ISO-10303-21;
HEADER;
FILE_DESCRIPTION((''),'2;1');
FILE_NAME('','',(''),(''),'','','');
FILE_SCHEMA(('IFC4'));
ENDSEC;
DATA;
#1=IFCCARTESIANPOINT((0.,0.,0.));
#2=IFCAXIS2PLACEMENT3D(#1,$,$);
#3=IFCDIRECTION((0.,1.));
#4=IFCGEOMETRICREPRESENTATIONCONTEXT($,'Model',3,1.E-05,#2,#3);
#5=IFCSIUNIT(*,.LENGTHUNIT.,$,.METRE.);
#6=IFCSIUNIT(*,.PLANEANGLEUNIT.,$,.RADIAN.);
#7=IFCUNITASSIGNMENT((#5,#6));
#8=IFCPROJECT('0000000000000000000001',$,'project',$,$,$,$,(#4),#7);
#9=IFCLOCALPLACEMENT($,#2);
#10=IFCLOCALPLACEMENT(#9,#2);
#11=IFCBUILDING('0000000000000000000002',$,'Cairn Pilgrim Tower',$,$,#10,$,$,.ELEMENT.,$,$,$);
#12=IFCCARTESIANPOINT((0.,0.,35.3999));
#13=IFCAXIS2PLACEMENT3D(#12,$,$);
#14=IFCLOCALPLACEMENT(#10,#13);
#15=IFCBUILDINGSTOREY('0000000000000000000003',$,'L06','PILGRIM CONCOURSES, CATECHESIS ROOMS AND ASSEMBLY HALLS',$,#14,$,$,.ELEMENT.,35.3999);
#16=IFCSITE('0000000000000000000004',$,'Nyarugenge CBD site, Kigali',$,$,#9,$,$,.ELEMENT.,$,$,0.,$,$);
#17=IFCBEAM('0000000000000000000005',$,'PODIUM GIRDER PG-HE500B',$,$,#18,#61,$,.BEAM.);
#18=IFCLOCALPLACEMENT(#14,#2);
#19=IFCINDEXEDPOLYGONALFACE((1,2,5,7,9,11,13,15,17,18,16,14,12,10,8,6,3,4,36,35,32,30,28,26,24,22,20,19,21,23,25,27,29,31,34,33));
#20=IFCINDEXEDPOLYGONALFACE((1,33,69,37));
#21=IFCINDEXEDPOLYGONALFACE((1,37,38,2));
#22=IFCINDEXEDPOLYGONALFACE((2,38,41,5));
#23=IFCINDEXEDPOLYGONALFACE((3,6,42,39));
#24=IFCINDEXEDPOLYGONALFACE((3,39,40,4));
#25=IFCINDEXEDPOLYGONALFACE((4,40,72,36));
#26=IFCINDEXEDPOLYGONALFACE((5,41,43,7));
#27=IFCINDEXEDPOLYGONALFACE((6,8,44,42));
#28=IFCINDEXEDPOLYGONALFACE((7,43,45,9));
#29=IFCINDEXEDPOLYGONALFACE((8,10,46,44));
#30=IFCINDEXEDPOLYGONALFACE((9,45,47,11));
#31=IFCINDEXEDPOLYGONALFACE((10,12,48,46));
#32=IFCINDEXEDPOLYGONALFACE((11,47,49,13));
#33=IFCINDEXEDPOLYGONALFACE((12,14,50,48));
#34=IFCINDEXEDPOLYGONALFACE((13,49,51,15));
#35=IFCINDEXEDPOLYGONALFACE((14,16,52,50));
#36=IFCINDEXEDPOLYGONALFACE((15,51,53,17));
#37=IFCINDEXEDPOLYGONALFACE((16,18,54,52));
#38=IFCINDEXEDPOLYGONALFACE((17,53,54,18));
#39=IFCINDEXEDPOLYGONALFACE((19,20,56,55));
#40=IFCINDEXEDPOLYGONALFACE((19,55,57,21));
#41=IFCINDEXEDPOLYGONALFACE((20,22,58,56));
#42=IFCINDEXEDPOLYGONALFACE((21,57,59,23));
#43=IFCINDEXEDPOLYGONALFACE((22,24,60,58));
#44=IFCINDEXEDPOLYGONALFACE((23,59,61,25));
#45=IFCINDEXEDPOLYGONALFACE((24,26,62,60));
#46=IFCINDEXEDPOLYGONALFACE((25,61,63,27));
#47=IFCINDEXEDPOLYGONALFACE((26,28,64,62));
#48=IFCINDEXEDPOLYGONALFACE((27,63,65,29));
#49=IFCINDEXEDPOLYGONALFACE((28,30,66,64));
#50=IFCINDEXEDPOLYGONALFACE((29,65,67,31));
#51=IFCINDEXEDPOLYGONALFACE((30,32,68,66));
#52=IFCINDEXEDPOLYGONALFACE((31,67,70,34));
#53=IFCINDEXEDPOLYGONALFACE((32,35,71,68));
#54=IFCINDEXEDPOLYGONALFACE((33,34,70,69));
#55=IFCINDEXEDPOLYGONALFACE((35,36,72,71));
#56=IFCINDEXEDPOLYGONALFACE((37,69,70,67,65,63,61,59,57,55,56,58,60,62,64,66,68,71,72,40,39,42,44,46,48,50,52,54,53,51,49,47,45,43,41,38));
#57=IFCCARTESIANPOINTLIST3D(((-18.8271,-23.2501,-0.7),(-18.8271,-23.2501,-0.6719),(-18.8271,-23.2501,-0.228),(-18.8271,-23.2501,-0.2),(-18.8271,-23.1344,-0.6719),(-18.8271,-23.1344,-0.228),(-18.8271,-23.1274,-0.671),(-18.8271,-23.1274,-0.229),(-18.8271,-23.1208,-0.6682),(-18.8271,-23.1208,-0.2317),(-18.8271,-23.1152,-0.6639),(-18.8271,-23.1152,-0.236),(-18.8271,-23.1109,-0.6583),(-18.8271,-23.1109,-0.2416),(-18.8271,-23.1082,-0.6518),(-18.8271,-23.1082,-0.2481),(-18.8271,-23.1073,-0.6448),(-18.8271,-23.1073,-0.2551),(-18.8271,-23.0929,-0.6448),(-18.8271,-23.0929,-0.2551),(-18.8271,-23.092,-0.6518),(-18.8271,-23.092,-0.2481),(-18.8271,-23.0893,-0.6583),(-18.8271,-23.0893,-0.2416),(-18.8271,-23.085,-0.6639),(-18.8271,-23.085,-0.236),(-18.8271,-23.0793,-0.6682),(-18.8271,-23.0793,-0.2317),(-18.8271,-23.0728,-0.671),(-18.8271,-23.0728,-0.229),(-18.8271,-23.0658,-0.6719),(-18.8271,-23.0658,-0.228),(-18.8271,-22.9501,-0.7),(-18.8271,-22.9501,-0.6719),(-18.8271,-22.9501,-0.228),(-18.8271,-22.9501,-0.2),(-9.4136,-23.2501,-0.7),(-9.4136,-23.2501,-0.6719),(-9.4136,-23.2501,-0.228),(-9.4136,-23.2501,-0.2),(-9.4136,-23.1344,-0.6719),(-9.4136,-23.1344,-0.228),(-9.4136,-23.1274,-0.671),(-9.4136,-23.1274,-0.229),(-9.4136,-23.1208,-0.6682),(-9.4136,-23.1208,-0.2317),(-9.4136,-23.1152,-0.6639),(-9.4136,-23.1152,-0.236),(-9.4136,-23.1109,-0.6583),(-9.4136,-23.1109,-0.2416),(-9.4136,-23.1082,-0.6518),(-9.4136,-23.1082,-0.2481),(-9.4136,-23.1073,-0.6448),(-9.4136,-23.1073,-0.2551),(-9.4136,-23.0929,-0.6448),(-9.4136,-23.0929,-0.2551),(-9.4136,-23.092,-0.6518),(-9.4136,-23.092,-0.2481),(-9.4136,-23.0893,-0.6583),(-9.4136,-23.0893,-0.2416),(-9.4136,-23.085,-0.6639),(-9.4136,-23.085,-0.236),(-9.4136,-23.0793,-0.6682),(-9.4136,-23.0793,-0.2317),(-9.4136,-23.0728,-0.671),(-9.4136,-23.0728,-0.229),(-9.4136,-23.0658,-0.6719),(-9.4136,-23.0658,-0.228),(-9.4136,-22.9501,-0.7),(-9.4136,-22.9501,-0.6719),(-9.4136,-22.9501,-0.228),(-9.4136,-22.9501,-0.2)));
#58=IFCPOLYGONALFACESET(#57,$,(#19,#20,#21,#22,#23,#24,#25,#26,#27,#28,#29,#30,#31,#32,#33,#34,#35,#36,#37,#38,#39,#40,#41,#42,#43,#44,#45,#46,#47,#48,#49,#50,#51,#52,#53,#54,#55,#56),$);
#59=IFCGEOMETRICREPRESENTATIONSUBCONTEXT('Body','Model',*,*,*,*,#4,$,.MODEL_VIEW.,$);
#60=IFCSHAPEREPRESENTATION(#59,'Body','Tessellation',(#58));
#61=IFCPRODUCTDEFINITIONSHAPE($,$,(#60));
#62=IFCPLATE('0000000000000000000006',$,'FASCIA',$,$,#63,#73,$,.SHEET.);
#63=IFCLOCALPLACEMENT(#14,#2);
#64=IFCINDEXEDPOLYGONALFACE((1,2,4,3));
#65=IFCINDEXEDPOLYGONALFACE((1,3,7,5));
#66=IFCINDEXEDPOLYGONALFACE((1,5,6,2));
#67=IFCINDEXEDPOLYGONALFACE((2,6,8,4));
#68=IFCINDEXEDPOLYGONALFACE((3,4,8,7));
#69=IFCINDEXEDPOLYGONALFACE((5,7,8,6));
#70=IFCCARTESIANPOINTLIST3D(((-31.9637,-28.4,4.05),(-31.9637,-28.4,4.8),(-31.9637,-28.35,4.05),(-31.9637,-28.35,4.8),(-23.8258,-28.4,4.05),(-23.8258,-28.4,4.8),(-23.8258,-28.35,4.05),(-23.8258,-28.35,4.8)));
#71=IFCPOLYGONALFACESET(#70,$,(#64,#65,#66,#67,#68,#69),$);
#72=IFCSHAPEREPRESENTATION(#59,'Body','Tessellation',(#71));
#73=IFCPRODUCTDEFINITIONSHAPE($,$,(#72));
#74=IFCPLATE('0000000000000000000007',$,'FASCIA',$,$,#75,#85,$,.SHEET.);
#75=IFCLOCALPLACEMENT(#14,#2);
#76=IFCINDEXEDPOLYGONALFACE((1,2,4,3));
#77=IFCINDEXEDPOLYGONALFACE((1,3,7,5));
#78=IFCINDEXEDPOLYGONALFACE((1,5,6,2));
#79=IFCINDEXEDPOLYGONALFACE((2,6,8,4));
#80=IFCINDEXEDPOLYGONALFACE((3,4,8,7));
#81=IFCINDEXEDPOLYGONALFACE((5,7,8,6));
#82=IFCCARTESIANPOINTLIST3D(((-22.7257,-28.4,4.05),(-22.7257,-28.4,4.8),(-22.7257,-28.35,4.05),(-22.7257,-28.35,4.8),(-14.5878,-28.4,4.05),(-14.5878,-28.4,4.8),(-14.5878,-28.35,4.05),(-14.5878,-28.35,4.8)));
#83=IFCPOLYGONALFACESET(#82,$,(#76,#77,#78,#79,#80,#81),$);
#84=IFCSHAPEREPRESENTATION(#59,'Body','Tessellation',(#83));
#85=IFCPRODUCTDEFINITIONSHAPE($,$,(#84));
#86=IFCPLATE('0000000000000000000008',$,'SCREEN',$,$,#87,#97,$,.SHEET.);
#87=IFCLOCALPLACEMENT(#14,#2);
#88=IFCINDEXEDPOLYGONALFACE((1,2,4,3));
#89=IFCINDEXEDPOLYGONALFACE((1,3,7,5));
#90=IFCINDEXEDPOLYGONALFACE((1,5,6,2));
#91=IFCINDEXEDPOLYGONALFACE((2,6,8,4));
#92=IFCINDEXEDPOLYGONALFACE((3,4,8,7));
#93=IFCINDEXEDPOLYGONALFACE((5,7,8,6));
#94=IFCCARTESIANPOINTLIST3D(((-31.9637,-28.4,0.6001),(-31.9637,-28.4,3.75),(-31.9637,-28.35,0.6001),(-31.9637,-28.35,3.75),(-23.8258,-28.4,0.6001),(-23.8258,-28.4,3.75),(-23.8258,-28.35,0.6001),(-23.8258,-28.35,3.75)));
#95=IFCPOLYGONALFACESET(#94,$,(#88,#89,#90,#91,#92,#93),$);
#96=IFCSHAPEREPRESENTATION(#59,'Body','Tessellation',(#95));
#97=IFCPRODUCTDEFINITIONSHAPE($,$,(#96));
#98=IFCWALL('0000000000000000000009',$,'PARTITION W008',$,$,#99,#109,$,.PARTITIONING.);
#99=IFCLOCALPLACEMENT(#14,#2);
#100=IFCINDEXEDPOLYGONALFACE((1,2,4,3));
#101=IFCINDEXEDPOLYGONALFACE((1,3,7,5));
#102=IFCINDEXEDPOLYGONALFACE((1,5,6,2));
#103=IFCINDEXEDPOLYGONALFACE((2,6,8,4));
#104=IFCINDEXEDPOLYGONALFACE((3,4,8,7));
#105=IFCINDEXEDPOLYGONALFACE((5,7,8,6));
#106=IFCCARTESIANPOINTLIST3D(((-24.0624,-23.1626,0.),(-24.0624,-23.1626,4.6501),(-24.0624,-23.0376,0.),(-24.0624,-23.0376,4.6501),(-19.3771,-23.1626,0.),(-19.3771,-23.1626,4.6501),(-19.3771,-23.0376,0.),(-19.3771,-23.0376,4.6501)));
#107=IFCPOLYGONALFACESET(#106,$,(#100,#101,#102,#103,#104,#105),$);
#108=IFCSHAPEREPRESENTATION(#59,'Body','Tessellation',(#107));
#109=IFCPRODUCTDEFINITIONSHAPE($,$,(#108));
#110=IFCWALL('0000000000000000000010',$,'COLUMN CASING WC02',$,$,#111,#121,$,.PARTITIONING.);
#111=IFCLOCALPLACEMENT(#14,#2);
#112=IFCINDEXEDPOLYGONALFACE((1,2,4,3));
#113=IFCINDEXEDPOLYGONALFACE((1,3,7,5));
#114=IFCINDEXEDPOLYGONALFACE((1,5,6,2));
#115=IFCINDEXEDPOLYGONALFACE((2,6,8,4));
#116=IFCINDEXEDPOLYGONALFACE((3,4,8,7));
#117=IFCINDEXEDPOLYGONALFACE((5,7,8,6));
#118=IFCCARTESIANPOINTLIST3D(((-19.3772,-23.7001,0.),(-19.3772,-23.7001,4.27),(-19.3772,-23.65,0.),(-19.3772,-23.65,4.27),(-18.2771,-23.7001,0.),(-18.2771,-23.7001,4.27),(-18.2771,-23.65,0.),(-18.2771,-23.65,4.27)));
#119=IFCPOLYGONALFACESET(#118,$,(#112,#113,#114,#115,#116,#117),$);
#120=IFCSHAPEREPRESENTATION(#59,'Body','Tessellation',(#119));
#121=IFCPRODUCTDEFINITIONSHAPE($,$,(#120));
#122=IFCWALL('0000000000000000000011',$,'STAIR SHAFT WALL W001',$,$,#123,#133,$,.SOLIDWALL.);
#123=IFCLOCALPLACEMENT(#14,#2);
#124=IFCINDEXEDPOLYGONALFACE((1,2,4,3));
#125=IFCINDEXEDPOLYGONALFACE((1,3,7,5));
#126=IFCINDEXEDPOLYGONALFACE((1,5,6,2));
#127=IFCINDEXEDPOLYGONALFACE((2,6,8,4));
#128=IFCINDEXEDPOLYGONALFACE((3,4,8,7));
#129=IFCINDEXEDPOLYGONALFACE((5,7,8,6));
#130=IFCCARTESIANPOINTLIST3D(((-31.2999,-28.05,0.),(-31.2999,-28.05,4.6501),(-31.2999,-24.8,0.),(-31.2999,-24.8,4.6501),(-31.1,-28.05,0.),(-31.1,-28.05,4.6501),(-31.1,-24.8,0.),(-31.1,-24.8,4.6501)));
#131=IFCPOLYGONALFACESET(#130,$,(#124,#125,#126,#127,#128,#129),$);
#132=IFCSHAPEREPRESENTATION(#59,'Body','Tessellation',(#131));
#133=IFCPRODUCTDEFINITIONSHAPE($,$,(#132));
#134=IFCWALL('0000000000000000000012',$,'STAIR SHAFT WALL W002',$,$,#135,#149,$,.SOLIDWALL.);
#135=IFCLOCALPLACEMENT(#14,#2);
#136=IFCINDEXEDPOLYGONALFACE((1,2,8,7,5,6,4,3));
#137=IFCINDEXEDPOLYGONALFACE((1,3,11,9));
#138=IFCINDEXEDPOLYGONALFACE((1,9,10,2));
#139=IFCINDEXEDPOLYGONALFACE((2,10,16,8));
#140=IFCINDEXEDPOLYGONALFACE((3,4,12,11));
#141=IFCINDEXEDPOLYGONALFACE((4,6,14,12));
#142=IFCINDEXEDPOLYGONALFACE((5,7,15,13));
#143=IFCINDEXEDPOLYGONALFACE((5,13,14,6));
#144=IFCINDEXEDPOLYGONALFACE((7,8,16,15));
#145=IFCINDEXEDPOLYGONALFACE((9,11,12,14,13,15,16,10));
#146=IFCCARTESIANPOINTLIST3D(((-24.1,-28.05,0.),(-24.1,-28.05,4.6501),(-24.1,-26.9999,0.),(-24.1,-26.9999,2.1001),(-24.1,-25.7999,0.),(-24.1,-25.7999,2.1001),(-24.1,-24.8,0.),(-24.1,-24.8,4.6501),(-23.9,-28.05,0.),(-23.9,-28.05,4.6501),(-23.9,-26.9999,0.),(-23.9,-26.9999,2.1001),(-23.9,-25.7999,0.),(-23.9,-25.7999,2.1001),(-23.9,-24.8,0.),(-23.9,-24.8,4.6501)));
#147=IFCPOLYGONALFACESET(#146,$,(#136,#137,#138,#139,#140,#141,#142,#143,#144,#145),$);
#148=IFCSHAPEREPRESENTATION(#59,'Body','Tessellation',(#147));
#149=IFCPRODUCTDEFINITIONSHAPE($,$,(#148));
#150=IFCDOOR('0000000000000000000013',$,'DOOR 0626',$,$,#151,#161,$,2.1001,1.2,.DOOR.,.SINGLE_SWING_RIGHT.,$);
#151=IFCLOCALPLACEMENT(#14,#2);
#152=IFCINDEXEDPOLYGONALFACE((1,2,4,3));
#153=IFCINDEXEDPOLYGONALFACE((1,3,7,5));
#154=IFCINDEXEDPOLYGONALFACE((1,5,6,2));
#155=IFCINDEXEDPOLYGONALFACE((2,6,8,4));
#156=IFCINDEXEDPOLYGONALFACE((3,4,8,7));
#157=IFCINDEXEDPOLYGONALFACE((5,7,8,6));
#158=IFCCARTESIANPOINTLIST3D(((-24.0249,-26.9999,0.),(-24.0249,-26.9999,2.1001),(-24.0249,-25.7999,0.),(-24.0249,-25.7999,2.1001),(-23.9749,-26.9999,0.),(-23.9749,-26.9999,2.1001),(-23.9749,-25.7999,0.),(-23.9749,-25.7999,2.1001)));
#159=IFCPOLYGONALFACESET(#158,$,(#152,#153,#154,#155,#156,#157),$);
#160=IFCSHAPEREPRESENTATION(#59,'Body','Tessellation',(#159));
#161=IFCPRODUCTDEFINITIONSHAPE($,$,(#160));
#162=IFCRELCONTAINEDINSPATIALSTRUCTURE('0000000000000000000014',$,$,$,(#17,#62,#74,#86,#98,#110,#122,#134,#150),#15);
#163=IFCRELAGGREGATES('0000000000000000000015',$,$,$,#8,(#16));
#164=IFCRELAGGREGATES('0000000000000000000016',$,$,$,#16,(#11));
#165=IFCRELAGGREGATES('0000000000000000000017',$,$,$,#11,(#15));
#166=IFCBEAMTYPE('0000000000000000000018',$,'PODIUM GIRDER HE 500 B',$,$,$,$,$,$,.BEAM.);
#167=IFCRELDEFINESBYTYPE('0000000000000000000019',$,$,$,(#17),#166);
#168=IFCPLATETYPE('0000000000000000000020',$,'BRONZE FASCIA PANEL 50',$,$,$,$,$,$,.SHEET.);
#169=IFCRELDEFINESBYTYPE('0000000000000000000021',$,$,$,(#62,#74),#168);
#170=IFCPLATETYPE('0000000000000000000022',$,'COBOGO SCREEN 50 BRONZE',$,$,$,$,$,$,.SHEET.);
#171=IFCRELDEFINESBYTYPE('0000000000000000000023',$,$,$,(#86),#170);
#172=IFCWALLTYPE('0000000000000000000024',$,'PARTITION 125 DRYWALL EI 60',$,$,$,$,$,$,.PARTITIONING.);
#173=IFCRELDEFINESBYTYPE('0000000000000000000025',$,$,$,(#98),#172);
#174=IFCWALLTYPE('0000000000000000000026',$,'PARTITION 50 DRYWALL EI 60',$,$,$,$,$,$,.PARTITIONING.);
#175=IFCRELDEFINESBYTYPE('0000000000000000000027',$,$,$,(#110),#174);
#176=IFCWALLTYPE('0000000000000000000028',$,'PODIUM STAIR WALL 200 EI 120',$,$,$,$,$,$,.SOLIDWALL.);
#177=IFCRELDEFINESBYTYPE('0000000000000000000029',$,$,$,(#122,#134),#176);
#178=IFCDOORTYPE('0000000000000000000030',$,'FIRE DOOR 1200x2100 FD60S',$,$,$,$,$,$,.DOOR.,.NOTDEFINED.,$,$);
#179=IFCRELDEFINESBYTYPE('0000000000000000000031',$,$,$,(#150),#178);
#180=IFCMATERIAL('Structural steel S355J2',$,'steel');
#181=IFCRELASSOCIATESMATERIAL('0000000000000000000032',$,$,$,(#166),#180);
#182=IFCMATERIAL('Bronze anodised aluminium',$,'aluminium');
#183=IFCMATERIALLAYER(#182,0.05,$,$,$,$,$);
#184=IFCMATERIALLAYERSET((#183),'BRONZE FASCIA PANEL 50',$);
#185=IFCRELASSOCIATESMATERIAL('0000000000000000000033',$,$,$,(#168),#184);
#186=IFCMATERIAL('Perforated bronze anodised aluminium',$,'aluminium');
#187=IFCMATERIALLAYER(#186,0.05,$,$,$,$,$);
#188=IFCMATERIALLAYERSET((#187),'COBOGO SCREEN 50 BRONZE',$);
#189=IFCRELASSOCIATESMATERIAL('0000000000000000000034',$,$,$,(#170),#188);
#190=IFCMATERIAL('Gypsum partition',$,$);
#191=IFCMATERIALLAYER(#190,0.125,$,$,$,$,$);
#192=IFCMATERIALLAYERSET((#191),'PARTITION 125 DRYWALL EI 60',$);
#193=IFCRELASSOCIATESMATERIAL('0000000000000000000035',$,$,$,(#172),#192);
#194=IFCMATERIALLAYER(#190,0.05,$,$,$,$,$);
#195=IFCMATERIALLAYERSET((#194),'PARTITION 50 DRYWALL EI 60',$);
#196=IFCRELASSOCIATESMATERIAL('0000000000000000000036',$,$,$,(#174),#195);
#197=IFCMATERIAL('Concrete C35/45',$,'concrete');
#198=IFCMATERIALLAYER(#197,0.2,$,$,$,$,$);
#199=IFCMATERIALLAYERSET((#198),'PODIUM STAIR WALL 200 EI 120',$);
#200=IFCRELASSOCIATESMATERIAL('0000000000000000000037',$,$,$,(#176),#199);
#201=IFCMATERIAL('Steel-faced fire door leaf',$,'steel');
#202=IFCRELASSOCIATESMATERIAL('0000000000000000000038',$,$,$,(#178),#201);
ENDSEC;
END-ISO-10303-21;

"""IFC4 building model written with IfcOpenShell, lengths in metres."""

from ifc_helpers import new_model, si_unit, direction, frame, frame_2d, origin, origin_2d, place, context, subcontext, project, spatial, rectangle, i_section, extrude, material, layer, layer_set, material_profile, profile_set, type_object, element, fill, save


model = new_model("IFC4")

# Units and contexts
model_context = context("Model", 3, precision=1e-05, world=origin(), true_north=direction((0.0, 1.0)))
body_context = subcontext(model_context, "Body", "Model", "MODEL_VIEW")
ifc_project = project(units=[si_unit("LENGTHUNIT", "METRE"), si_unit("PLANEANGLEUNIT", "RADIAN")], contexts=[model_context])

# Site, building, storey
site_placement = place(None, origin())
site = spatial("IfcSite", under=ifc_project, at=site_placement, Name="Nyarugenge CBD site, Kigali", CompositionType="ELEMENT", RefElevation=0.0)
building_placement = place(site_placement, origin())
building = spatial("IfcBuilding", under=site, at=building_placement, Name="Cairn Pilgrim Tower", CompositionType="ELEMENT")
storey_placement = place(building_placement, frame((0.0, 0.0, 35.3999)))
storey = spatial("IfcBuildingStorey", under=building, at=storey_placement, Name="L06", Description="PILGRIM CONCOURSES, CATECHESIS ROOMS AND ASSEMBLY HALLS", CompositionType="ELEMENT", Elevation=35.3999)

# Beam
ifc_material_1 = material(Name="Structural steel S355J2", Category="steel")
ifc_material_profile_1 = material_profile(ifc_material_1, i_section(OverallWidth=0.3, OverallDepth=0.5, WebThickness=0.0144, FlangeThickness=0.0281, FilletRadius=0.0271, at=origin_2d()), Name="HEB 500")
ifc_profile_set_1 = profile_set([ifc_material_profile_1], Name="Structural steel S355J2")
beam_type_1 = type_object("IfcBeamType", Name="PODIUM GIRDER HE 500 B", PredefinedType="BEAM", material=ifc_profile_set_1)
beam_1_placement = place(storey_placement, frame((-18.8271, -23.1001, -0.45), z_axis=(1.0, 0.0, 0.0), x_axis=(0.0, 1.0, 0.0)))
element("IfcBeam", 1, at=beam_1_placement, inside=storey, type_object=beam_type_1, Name="PODIUM GIRDER PG-HE500B", PredefinedType="BEAM", context=body_context, shape_type="SweptSolid", body=[
    extrude(i_section(OverallWidth=0.3, OverallDepth=0.5, WebThickness=0.0144, FlangeThickness=0.0281, FilletRadius=0.0271, at=origin_2d()), origin(), (0.0, 0.0, 1.0), 9.4136),
])

# Plates
ifc_material_2 = material(Name="Bronze anodised aluminium", Category="aluminium")
ifc_layer_1 = layer(ifc_material_2, 0.05)
ifc_layer_set_1 = layer_set([ifc_layer_1], Name="BRONZE FASCIA PANEL 50")
plate_type_1 = type_object("IfcPlateType", Name="BRONZE FASCIA PANEL 50", PredefinedType="SHEET", material=ifc_layer_set_1)
for number, where, z_axis, x_axis, name in (
    (2, (-27.8948, -28.375, 4.05), (0.0, 0.0, 1.0), (1.0, 0.0, 0.0), "FASCIA"),
    (3, (-18.6567, -28.375, 4.05), (0.0, 0.0, 1.0), (1.0, 0.0, 0.0), "FASCIA"),
):
    element("IfcPlate", number, at=place(storey_placement, frame(where, z_axis=z_axis, x_axis=x_axis)), inside=storey, type_object=plate_type_1, Name=name, PredefinedType="SHEET", context=body_context, shape_type="SweptSolid", body=[
        extrude(rectangle(XDim=8.1379, YDim=0.05, at=origin_2d()), origin(), (0.0, 0.0, 1.0), 0.75),
    ])
ifc_material_3 = material(Name="Perforated bronze anodised aluminium", Category="aluminium")
ifc_layer_2 = layer(ifc_material_3, 0.05)
ifc_layer_set_2 = layer_set([ifc_layer_2], Name="COBOGO SCREEN 50 BRONZE")
plate_type_2 = type_object("IfcPlateType", Name="COBOGO SCREEN 50 BRONZE", PredefinedType="SHEET", material=ifc_layer_set_2)
plate_placement = place(storey_placement, frame((-27.8948, -28.375, 0.6001), z_axis=(0.0, 0.0, 1.0), x_axis=(1.0, 0.0, 0.0)))
element("IfcPlate", 4, at=plate_placement, inside=storey, type_object=plate_type_2, Name="SCREEN", PredefinedType="SHEET", context=body_context, shape_type="SweptSolid", body=[
    extrude(rectangle(XDim=8.1379, YDim=0.05, at=origin_2d()), origin(), (0.0, 0.0, 1.0), 3.1499),
])

# Shared definitions
ifc_material_4 = material(Name="Gypsum partition")
ifc_layer_3 = layer(ifc_material_4, 0.125)
ifc_layer_set_3 = layer_set([ifc_layer_3], Name="PARTITION 125 DRYWALL EI 60")
wall_type_1 = type_object("IfcWallType", Name="PARTITION 125 DRYWALL EI 60", PredefinedType="PARTITIONING", material=ifc_layer_set_3)

# Walls
wall_1_placement = place(storey_placement, frame((-24.0625, -23.1001, 0.0), z_axis=(0.0, 0.0, 1.0), x_axis=(1.0, 0.0, 0.0)))
element("IfcWall", 5, at=wall_1_placement, inside=storey, type_object=wall_type_1, Name="PARTITION W008", PredefinedType="PARTITIONING", context=body_context, shape_type="SweptSolid", body=[
    extrude(rectangle(XDim=4.6853, YDim=0.125, at=frame_2d((2.3428, 0.0))), origin(), (0.0, 0.0, 1.0), 4.6501),
])
ifc_layer_4 = layer(ifc_material_4, 0.05)
ifc_layer_set_4 = layer_set([ifc_layer_4], Name="PARTITION 50 DRYWALL EI 60")
wall_type_2 = type_object("IfcWallType", Name="PARTITION 50 DRYWALL EI 60", PredefinedType="PARTITIONING", material=ifc_layer_set_4)
wall_2_placement = place(storey_placement, frame((-19.3772, -23.675, 0.0), z_axis=(0.0, 0.0, 1.0), x_axis=(1.0, 0.0, 0.0)))
element("IfcWall", 6, at=wall_2_placement, inside=storey, type_object=wall_type_2, Name="COLUMN CASING WC02", PredefinedType="PARTITIONING", context=body_context, shape_type="SweptSolid", body=[
    extrude(rectangle(XDim=1.1001, YDim=0.05, at=frame_2d((0.55, 0.0))), origin(), (0.0, 0.0, 1.0), 4.27),
])
ifc_material_5 = material(Name="Concrete C35/45", Category="concrete")
ifc_layer_5 = layer(ifc_material_5, 0.2)
ifc_layer_set_5 = layer_set([ifc_layer_5], Name="PODIUM STAIR WALL 200 EI 120")
wall_type_3 = type_object("IfcWallType", Name="PODIUM STAIR WALL 200 EI 120", PredefinedType="SOLIDWALL", material=ifc_layer_set_5)
wall_3_placement = place(storey_placement, frame((-31.2, -28.05, 0.0), z_axis=(0.0, 0.0, 1.0), x_axis=(0.0, 1.0, 0.0)))
element("IfcWall", 7, at=wall_3_placement, inside=storey, type_object=wall_type_3, Name="STAIR SHAFT WALL W001", PredefinedType="SOLIDWALL", context=body_context, shape_type="SweptSolid", body=[
    extrude(rectangle(XDim=3.25, YDim=0.2, at=frame_2d((1.625, 0.0))), origin(), (0.0, 0.0, 1.0), 4.6501),
])

# Wall, opening, door
wall_4_placement = place(storey_placement, frame((-24.0, -28.05, 0.0), z_axis=(0.0, 0.0, 1.0), x_axis=(0.0, 1.0, 0.0)))
wall_4 = element("IfcWall", 8, at=wall_4_placement, inside=storey, type_object=wall_type_3, Name="STAIR SHAFT WALL W002", PredefinedType="SOLIDWALL", context=body_context, shape_type="SweptSolid", body=[
    extrude(rectangle(XDim=3.25, YDim=0.2, at=frame_2d((1.625, 0.0))), origin(), (0.0, 0.0, 1.0), 4.6501),
])
opening_1_placement = place(wall_4_placement, frame((1.05, 0.0, 0.0)))
opening_1 = element("IfcOpeningElement", 9, at=opening_1_placement, cuts=wall_4, PredefinedType="OPENING", context=body_context, shape_type="SweptSolid", body=[
    extrude(rectangle(XDim=1.2, YDim=2.1001, at=frame_2d((0.6001, 1.05))), frame((0.0, 0.1099, 0.0), z_axis=(0.0, -1.0, 0.0), x_axis=(1.0, 0.0, 0.0)), (0.0, 0.0, 1.0), 0.22),
])
ifc_material_6 = material(Name="Steel-faced fire door leaf", Category="steel")
door_type_1 = type_object("IfcDoorType", Name="FIRE DOOR 1200x2100 FD60S", OperationType="NOTDEFINED", PredefinedType="DOOR", material=ifc_material_6)
door_1_placement = place(opening_1_placement, origin())
door_1 = element("IfcDoor", 10, at=door_1_placement, inside=storey, type_object=door_type_1, Name="DOOR 0626", OperationType="SINGLE_SWING_RIGHT", OverallHeight=2.1001, OverallWidth=1.2, PredefinedType="DOOR", context=body_context, shape_type="SweptSolid", body=[
    extrude(rectangle(XDim=1.2, YDim=2.1001, at=frame_2d((0.6001, 1.05))), frame((0.0, 0.0249, 0.0), z_axis=(0.0, -1.0, 0.0), x_axis=(1.0, 0.0, 0.0)), (0.0, 0.0, 1.0), 0.05),
])
fill(opening_1, door_1)

save(model, "model.ifc")
